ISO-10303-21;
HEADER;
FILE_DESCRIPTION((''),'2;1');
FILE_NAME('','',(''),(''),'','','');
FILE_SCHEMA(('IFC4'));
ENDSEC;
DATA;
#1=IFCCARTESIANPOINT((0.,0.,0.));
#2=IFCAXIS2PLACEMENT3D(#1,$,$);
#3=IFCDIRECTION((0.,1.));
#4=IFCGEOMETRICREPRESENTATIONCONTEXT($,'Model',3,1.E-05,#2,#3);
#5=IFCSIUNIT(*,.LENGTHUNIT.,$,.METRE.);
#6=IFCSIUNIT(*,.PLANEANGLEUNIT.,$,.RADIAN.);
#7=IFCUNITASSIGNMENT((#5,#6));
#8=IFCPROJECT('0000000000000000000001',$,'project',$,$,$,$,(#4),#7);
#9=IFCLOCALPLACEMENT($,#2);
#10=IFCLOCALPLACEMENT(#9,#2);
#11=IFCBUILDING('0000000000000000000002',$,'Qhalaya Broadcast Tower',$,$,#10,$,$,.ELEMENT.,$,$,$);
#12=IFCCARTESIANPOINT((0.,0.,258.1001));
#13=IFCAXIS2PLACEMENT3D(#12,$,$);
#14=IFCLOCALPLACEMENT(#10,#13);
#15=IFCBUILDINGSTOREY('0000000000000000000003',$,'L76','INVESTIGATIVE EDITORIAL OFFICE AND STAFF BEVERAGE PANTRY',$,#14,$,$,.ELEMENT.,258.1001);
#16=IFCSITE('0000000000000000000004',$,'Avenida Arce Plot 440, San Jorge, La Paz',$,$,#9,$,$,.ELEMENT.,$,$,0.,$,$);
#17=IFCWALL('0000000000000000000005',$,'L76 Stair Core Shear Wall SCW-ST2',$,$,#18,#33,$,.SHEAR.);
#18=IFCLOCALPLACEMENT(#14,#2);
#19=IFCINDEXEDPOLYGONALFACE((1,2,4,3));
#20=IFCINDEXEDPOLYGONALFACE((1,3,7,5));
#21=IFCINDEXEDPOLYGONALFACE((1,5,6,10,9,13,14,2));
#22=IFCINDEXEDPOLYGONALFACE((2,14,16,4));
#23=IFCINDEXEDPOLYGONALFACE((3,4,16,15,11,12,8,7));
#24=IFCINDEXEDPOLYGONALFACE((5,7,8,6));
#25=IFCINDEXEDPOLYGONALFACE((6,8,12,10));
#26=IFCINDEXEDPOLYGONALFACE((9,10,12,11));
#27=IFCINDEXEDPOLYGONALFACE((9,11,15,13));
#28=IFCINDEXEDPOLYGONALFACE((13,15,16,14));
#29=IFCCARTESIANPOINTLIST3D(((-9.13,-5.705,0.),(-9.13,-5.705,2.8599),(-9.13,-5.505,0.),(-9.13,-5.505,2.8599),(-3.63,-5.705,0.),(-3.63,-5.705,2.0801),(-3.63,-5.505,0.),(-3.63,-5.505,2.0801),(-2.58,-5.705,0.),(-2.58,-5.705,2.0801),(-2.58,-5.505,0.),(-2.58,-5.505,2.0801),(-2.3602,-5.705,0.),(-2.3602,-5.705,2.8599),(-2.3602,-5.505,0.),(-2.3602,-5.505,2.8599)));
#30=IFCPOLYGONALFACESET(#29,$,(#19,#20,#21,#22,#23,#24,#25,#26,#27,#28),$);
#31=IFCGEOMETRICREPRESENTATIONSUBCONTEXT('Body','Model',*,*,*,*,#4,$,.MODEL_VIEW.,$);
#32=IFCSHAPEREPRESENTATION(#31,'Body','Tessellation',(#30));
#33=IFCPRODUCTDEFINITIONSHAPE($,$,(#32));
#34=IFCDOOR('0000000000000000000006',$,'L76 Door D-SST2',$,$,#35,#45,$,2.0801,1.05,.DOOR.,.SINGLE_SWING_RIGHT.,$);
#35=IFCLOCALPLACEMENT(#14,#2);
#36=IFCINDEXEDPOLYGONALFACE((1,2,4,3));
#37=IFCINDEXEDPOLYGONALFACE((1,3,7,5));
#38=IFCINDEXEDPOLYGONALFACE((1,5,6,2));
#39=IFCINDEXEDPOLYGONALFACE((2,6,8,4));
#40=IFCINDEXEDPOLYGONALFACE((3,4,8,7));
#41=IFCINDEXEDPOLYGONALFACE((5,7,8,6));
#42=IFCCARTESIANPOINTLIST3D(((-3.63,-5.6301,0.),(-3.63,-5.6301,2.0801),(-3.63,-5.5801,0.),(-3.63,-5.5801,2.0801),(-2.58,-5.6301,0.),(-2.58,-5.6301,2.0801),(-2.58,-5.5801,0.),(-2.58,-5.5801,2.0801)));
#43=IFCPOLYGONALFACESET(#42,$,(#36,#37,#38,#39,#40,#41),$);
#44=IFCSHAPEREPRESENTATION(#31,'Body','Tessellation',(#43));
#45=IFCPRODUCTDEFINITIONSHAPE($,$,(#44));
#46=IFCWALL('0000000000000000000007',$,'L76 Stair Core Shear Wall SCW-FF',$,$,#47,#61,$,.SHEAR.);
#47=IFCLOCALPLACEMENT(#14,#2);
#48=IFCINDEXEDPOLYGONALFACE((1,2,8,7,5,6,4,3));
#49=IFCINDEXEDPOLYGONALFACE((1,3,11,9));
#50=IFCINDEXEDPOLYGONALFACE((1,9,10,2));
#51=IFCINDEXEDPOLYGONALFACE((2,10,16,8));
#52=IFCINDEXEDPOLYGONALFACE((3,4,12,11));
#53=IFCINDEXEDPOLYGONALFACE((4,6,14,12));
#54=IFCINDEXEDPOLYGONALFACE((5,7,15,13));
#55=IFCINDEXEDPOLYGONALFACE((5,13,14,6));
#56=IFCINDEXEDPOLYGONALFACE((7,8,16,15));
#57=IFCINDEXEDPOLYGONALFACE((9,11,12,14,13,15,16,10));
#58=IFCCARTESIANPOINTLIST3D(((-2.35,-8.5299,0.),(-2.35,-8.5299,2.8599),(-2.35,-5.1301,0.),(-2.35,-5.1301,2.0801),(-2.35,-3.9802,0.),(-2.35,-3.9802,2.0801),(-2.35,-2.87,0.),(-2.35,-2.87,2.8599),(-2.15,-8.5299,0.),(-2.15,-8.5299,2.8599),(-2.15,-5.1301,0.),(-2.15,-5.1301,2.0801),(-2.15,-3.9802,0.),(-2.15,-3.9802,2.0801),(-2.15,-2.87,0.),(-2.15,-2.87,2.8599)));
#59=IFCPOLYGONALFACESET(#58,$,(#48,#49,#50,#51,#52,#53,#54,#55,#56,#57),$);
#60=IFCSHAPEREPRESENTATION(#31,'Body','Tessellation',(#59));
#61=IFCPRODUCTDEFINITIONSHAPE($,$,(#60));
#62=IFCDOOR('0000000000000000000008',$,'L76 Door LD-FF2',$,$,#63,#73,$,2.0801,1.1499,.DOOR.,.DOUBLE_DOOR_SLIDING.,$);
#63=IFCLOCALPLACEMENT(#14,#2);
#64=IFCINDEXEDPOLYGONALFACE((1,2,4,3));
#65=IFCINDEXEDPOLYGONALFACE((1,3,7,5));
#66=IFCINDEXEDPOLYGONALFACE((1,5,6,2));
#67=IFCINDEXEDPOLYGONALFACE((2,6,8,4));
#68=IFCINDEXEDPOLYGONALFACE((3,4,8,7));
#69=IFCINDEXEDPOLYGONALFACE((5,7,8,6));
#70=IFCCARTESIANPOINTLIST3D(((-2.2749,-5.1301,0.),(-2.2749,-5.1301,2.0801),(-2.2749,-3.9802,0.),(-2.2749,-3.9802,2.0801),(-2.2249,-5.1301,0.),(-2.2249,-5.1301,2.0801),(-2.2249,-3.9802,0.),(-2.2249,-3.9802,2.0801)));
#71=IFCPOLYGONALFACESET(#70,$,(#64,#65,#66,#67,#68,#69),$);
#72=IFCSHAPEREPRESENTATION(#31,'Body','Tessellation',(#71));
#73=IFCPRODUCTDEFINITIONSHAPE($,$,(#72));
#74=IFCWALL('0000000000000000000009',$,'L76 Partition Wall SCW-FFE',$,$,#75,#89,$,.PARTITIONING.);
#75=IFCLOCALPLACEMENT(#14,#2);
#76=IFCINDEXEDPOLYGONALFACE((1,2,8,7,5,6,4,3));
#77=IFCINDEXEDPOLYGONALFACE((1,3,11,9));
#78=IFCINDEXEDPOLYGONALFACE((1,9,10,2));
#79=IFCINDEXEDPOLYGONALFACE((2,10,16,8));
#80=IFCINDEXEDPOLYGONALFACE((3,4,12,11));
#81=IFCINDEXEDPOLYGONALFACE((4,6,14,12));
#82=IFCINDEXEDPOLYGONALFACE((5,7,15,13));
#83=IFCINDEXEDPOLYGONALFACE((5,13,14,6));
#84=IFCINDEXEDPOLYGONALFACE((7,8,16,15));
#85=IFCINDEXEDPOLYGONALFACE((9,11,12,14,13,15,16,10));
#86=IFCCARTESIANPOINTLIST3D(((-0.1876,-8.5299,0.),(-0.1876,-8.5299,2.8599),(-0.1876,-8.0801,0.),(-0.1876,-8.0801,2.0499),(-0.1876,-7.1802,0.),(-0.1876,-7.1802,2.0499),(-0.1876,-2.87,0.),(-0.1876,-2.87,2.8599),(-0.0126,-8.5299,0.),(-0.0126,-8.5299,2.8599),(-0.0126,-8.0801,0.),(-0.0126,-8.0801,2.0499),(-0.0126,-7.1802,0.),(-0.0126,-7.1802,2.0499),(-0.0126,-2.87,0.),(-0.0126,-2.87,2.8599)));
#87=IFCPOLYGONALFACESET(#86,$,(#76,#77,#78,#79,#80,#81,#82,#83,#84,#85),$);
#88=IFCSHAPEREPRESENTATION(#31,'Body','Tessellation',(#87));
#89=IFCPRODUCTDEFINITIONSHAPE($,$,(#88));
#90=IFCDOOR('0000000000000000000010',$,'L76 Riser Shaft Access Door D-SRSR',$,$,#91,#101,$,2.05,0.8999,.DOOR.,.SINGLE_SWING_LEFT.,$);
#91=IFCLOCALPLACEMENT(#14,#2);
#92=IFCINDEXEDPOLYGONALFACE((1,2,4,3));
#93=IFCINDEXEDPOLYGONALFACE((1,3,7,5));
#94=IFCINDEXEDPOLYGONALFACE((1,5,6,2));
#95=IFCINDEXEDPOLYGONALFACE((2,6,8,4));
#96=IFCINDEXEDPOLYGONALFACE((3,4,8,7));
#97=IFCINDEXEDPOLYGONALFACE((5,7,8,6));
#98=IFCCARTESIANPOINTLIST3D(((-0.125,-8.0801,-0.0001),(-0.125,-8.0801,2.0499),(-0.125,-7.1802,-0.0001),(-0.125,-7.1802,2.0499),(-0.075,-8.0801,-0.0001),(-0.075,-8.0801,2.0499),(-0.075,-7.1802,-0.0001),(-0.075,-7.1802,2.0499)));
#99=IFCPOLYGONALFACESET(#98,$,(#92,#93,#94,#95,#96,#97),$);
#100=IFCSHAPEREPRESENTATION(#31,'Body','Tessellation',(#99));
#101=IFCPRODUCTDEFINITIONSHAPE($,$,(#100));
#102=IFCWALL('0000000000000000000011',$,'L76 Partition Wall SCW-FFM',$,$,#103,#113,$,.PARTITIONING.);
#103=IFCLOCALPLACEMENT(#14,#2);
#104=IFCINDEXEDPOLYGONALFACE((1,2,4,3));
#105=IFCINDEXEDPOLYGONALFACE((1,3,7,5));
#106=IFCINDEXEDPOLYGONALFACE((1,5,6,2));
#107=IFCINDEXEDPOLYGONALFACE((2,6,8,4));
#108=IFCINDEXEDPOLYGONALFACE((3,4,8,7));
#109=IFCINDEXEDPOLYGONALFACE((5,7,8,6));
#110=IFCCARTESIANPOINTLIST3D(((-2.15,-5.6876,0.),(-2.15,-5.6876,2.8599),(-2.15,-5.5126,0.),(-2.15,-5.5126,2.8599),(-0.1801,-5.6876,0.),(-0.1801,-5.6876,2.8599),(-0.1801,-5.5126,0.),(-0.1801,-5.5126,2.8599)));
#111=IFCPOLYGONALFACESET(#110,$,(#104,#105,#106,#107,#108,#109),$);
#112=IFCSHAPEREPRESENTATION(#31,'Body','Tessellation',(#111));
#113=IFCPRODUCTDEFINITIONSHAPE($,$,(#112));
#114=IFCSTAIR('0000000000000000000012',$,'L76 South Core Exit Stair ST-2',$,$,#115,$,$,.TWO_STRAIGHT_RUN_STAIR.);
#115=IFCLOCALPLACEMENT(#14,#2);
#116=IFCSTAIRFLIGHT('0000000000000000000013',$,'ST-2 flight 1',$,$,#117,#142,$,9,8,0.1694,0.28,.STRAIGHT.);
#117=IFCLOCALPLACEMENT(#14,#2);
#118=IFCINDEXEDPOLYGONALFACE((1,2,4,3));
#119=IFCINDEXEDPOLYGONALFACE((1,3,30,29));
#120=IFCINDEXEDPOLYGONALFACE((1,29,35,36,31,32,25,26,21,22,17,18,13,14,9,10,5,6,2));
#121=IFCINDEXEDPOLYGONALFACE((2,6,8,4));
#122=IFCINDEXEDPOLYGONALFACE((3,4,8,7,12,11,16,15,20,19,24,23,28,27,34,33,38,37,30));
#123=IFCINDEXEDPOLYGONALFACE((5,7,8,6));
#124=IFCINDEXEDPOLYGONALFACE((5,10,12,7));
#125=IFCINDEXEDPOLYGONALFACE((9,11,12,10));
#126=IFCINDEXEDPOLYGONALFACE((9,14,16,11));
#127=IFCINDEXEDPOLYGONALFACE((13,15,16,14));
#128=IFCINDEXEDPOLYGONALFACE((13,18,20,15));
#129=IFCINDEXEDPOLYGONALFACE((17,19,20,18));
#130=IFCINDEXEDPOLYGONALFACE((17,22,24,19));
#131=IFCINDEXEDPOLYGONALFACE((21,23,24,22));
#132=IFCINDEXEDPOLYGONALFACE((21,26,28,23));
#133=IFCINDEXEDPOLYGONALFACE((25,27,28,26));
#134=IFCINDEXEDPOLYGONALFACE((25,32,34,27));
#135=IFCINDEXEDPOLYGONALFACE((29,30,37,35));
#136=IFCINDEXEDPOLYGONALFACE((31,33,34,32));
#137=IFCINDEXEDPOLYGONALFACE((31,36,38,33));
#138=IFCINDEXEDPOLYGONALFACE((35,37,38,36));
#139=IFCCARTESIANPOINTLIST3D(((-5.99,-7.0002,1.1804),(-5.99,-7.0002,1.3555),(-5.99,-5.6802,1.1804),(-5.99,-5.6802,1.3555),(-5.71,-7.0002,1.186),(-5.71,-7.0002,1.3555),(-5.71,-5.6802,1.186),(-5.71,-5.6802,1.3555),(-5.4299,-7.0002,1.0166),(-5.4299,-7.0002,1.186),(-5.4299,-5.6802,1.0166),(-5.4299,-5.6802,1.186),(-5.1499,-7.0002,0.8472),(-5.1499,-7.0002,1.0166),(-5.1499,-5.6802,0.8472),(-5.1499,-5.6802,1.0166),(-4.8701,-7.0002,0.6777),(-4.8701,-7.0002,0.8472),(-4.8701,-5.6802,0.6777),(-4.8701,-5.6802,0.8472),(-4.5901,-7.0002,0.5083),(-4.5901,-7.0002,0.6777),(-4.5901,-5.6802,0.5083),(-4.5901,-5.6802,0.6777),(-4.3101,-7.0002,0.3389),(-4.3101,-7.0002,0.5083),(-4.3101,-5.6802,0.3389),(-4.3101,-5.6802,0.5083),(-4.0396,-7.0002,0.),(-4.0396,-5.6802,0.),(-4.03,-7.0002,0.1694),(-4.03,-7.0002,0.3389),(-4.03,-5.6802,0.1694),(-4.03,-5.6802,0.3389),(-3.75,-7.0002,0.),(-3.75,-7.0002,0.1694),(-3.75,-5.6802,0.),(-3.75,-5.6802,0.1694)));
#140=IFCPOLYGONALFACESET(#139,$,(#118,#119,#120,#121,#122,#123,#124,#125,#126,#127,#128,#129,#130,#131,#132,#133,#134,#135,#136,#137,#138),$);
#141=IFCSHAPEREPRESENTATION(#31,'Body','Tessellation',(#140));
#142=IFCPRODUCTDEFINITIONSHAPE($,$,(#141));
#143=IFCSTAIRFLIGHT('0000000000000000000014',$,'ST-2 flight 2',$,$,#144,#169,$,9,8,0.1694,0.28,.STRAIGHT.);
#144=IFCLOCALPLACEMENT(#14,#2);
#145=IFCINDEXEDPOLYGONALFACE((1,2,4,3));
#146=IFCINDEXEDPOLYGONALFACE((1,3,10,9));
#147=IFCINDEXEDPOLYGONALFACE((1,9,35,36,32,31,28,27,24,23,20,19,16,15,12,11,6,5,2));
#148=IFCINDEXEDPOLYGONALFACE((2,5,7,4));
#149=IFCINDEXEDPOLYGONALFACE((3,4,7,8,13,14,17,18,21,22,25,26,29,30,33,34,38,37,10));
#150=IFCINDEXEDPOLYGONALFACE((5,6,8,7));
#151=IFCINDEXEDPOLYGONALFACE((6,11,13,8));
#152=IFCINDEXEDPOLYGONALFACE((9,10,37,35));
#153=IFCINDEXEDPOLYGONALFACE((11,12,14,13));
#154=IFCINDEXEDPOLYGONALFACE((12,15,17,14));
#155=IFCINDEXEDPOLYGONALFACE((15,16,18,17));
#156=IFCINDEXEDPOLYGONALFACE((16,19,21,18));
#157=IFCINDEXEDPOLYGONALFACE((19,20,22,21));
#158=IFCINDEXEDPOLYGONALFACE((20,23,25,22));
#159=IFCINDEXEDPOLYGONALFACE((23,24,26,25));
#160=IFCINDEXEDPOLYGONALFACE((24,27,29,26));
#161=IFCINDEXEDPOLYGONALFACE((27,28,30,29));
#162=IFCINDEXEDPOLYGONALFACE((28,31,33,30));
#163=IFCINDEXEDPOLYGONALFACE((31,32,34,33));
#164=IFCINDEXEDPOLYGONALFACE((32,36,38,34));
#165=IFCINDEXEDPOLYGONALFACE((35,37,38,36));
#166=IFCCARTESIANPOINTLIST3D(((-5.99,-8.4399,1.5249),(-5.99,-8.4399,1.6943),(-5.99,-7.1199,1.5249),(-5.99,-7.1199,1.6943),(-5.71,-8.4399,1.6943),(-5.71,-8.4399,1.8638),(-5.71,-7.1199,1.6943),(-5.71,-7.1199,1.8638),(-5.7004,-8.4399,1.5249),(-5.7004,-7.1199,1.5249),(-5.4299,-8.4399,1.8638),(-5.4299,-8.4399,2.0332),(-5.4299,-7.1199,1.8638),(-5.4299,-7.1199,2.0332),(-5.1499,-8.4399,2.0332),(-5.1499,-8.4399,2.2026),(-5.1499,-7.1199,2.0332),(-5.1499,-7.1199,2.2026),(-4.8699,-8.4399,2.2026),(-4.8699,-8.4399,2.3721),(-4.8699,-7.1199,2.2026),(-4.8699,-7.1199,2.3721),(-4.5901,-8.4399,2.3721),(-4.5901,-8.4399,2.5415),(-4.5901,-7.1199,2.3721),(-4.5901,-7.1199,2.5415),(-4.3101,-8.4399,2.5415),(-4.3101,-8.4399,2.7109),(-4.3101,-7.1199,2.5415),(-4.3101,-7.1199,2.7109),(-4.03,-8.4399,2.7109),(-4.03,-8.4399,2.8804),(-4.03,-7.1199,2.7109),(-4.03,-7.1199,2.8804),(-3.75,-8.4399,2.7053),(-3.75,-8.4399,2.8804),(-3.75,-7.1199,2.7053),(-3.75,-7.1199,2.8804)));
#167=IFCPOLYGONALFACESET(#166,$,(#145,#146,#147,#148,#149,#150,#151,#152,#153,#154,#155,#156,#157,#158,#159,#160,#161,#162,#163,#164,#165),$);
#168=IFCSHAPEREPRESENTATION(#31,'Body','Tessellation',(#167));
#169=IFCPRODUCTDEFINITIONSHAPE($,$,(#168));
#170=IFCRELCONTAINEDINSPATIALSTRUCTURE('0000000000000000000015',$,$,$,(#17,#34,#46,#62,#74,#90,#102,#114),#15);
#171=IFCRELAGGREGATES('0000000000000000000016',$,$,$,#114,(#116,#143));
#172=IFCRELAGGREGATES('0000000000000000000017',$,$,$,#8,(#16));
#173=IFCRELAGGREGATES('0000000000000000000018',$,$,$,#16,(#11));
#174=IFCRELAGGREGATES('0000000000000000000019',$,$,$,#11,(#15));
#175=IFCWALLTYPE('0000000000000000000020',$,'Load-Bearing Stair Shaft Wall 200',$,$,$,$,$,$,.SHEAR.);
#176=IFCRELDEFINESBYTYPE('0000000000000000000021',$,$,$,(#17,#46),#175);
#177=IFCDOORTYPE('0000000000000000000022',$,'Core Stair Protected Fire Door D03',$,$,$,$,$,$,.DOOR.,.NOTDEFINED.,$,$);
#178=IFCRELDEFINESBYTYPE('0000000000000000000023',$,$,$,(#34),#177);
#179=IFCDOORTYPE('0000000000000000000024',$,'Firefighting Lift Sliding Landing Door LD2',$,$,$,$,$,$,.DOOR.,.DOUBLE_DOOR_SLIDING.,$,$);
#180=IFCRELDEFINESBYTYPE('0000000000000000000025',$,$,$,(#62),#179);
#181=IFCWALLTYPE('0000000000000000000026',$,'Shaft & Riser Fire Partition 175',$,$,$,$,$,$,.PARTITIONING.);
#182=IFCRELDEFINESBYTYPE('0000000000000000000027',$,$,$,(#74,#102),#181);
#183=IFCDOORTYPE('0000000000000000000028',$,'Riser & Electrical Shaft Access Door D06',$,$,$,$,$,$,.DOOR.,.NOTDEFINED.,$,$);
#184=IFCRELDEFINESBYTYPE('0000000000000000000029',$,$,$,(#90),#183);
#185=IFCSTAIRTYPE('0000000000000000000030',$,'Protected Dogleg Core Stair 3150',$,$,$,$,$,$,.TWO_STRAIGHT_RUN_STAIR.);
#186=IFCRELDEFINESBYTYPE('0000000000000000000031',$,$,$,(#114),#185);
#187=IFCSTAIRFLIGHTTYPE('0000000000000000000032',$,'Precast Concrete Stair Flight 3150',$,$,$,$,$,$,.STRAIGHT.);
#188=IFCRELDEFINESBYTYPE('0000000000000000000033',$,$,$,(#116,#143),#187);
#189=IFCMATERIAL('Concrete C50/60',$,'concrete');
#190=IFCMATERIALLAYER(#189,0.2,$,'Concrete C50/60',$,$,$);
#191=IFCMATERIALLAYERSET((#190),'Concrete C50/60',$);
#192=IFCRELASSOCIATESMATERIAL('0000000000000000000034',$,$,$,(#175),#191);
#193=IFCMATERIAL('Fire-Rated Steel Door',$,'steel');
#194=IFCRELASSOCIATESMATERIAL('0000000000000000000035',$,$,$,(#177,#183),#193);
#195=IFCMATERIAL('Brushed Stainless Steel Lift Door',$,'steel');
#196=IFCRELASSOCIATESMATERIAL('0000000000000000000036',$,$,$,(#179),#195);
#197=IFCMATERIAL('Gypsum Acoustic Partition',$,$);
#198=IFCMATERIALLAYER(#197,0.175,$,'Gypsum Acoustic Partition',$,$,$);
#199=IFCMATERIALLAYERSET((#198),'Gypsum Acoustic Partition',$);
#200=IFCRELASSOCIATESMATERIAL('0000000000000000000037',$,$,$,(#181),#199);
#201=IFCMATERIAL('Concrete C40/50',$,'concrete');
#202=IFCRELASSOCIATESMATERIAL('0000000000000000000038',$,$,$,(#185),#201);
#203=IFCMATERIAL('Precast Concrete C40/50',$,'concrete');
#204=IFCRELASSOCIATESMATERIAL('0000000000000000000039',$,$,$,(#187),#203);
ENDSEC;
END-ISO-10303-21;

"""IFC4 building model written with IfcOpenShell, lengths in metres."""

from ifc_helpers import new_model, si_unit, direction, frame, frame_2d, origin, place, context, subcontext, project, spatial, polyline, rectangle, outline, extrude, material, layer, layer_set, type_object, element, fill, aggregate, save


model = new_model("IFC4")

# Units and contexts
model_context = context("Model", 3, precision=1e-05, world=origin(), true_north=direction((0.0, 1.0)))
body_context = subcontext(model_context, "Body", "Model", "MODEL_VIEW")
ifc_project = project(units=[si_unit("LENGTHUNIT", "METRE"), si_unit("PLANEANGLEUNIT", "RADIAN")], contexts=[model_context])

# Site, building, storey
site_placement = place(None, origin())
site = spatial("IfcSite", under=ifc_project, at=site_placement, Name="Avenida Arce Plot 440, San Jorge, La Paz", CompositionType="ELEMENT", RefElevation=0.0)
building_placement = place(site_placement, origin())
building = spatial("IfcBuilding", under=site, at=building_placement, Name="Qhalaya Broadcast Tower", CompositionType="ELEMENT")
storey_placement = place(building_placement, frame((0.0, 0.0, 258.1001)))
storey = spatial("IfcBuildingStorey", under=building, at=storey_placement, Name="L76", Description="INVESTIGATIVE EDITORIAL OFFICE AND STAFF BEVERAGE PANTRY", CompositionType="ELEMENT", Elevation=258.1001)

# Shared definitions
ifc_material_1 = material(Name="Concrete C50/60", Category="concrete")

# Walls, openings, doors
ifc_material_2 = material(Name="Gypsum Acoustic Partition")
ifc_layer_1 = layer(ifc_material_1, 0.2, Name="Concrete C50/60")
ifc_layer_set_1 = layer_set([ifc_layer_1], Name="Concrete C50/60")
wall_type_1 = type_object("IfcWallType", Name="Load-Bearing Stair Shaft Wall 200", PredefinedType="SHEAR", material=ifc_layer_set_1)
wall_1_placement = place(storey_placement, frame((-9.1299, -5.605, 0.0), z_axis=(0.0, 0.0, 1.0), x_axis=(1.0, 0.0, 0.0)))
wall_1 = element("IfcWall", 1, at=wall_1_placement, inside=storey, type_object=wall_type_1, Name="L76 Stair Core Shear Wall SCW-ST2", PredefinedType="SHEAR", context=body_context, shape_type="SweptSolid", body=[
    extrude(rectangle(XDim=6.7698, YDim=0.2, at=frame_2d((3.3848, 0.0))), origin(), (0.0, 0.0, 1.0), 2.8599),
])
opening_1_placement = place(wall_1_placement, frame((5.5, 0.0, 0.0)))
opening_1 = element("IfcOpeningElement", 2, at=opening_1_placement, cuts=wall_1, PredefinedType="OPENING", context=body_context, shape_type="SweptSolid", body=[
    extrude(rectangle(XDim=1.05, YDim=2.0801, at=frame_2d((0.5249, 1.04))), frame((0.0, 0.1121, 0.0), z_axis=(0.0, -1.0, 0.0), x_axis=(1.0, 0.0, 0.0)), (0.0, 0.0, 1.0), 0.2239),
])
ifc_material_3 = material(Name="Fire-Rated Steel Door", Category="steel")
door_type_1 = type_object("IfcDoorType", Name="Core Stair Protected Fire Door D03", OperationType="NOTDEFINED", PredefinedType="DOOR", material=ifc_material_3)
door_1_placement = place(opening_1_placement, origin())
door_1 = element("IfcDoor", 3, at=door_1_placement, inside=storey, type_object=door_type_1, Name="L76 Door D-SST2", OperationType="SINGLE_SWING_RIGHT", OverallHeight=2.0801, OverallWidth=1.05, PredefinedType="DOOR", context=body_context, shape_type="SweptSolid", body=[
    extrude(rectangle(XDim=1.05, YDim=2.0801, at=frame_2d((0.5249, 1.04))), frame((0.0, 0.0249, 0.0), z_axis=(0.0, -1.0, 0.0), x_axis=(1.0, 0.0, 0.0)), (0.0, 0.0, 1.0), 0.05),
])
fill(opening_1, door_1)
wall_2_placement = place(storey_placement, frame((-2.25, -8.53, 0.0), z_axis=(0.0, 0.0, 1.0), x_axis=(0.0, 1.0, 0.0)))
wall_2 = element("IfcWall", 4, at=wall_2_placement, inside=storey, type_object=wall_type_1, Name="L76 Stair Core Shear Wall SCW-FF", PredefinedType="SHEAR", context=body_context, shape_type="SweptSolid", body=[
    extrude(rectangle(XDim=5.6599, YDim=0.2, at=frame_2d((2.8301, 0.0))), origin(), (0.0, 0.0, 1.0), 2.8599),
])
opening_2_placement = place(wall_2_placement, frame((3.3999, 0.0, 0.0)))
opening_2 = element("IfcOpeningElement", 5, at=opening_2_placement, cuts=wall_2, PredefinedType="OPENING", context=body_context, shape_type="SweptSolid", body=[
    extrude(rectangle(XDim=1.1499, YDim=2.0801, at=frame_2d((0.575, 1.04))), frame((0.0, 0.1121, 0.0), z_axis=(0.0, -1.0, 0.0), x_axis=(1.0, 0.0, 0.0)), (0.0, 0.0, 1.0), 0.2239),
])
ifc_material_4 = material(Name="Brushed Stainless Steel Lift Door", Category="steel")
door_type_2 = type_object("IfcDoorType", Name="Firefighting Lift Sliding Landing Door LD2", OperationType="DOUBLE_DOOR_SLIDING", PredefinedType="DOOR", material=ifc_material_4)
door_2_placement = place(opening_2_placement, origin())
door_2 = element("IfcDoor", 6, at=door_2_placement, inside=storey, type_object=door_type_2, Name="L76 Door LD-FF2", OperationType="DOUBLE_DOOR_SLIDING", OverallHeight=2.0801, OverallWidth=1.1499, PredefinedType="DOOR", context=body_context, shape_type="SweptSolid", body=[
    extrude(rectangle(XDim=1.1499, YDim=2.0801, at=frame_2d((0.575, 1.04))), frame((0.0, 0.0249, 0.0), z_axis=(0.0, -1.0, 0.0), x_axis=(1.0, 0.0, 0.0)), (0.0, 0.0, 1.0), 0.05),
])
fill(opening_2, door_2)
ifc_layer_2 = layer(ifc_material_2, 0.175, Name="Gypsum Acoustic Partition")
ifc_layer_set_2 = layer_set([ifc_layer_2], Name="Gypsum Acoustic Partition")
wall_type_2 = type_object("IfcWallType", Name="Shaft & Riser Fire Partition 175", PredefinedType="PARTITIONING", material=ifc_layer_set_2)
wall_3_placement = place(storey_placement, frame((-0.1001, -8.53, 0.0), z_axis=(0.0, 0.0, 1.0), x_axis=(0.0, 1.0, 0.0)))
wall_3 = element("IfcWall", 7, at=wall_3_placement, inside=storey, type_object=wall_type_2, Name="L76 Partition Wall SCW-FFE", PredefinedType="PARTITIONING", context=body_context, shape_type="SweptSolid", body=[
    extrude(rectangle(XDim=5.6599, YDim=0.175, at=frame_2d((2.8301, 0.0))), origin(), (0.0, 0.0, 1.0), 2.8599),
])
opening_3_placement = place(wall_3_placement, frame((0.45, 0.0, 0.0)))
opening_3 = element("IfcOpeningElement", 8, at=opening_3_placement, cuts=wall_3, PredefinedType="OPENING", context=body_context, shape_type="SweptSolid", body=[
    extrude(rectangle(XDim=0.8999, YDim=2.05, at=frame_2d((0.45, 1.0249))), frame((0.0, 0.0996, 0.0), z_axis=(0.0, -1.0, 0.0), x_axis=(1.0, 0.0, 0.0)), (0.0, 0.0, 1.0), 0.199),
])
door_type_3 = type_object("IfcDoorType", Name="Riser & Electrical Shaft Access Door D06", OperationType="NOTDEFINED", PredefinedType="DOOR", material=ifc_material_3)
door_3_placement = place(opening_3_placement, origin())
door_3 = element("IfcDoor", 9, at=door_3_placement, inside=storey, type_object=door_type_3, Name="L76 Riser Shaft Access Door D-SRSR", OperationType="SINGLE_SWING_LEFT", OverallHeight=2.05, OverallWidth=0.8999, PredefinedType="DOOR", context=body_context, shape_type="SweptSolid", body=[
    extrude(rectangle(XDim=0.8999, YDim=2.05, at=frame_2d((0.45, 1.0249))), frame((0.0, 0.0249, 0.0), z_axis=(0.0, -1.0, 0.0), x_axis=(1.0, 0.0, 0.0)), (0.0, 0.0, 1.0), 0.05),
])
fill(opening_3, door_3)

# Wall
wall_4_placement = place(storey_placement, frame((-2.1499, -5.6001, 0.0), z_axis=(0.0, 0.0, 1.0), x_axis=(1.0, 0.0, 0.0)))
element("IfcWall", 10, at=wall_4_placement, inside=storey, type_object=wall_type_2, Name="L76 Partition Wall SCW-FFM", PredefinedType="PARTITIONING", context=body_context, shape_type="SweptSolid", body=[
    extrude(rectangle(XDim=1.97, YDim=0.175, at=frame_2d((0.9849, 0.0))), origin(), (0.0, 0.0, 1.0), 2.8599),
])

# Stair, stair flights
ifc_material_5 = material(Name="Concrete C40/50", Category="concrete")
stair_type = type_object("IfcStairType", Name="Protected Dogleg Core Stair 3150", PredefinedType="TWO_STRAIGHT_RUN_STAIR", material=ifc_material_5)
stair_placement = place(storey_placement, origin())
stair = element("IfcStair", 11, at=stair_placement, inside=storey, type_object=stair_type, Name="L76 South Core Exit Stair ST-2", PredefinedType="TWO_STRAIGHT_RUN_STAIR")
ifc_material_6 = material(Name="Precast Concrete C40/50", Category="concrete")
stair_flight_type = type_object("IfcStairFlightType", Name="Precast Concrete Stair Flight 3150", PredefinedType="STRAIGHT", material=ifc_material_6)
stair_flight_1_placement = place(storey_placement, frame((-3.75, -6.3401, 0.0), z_axis=(0.0, 0.0, 1.0), x_axis=(-1.0, 0.0, 0.0)))
stair_flight_1 = element("IfcStairFlight", 12, at=stair_flight_1_placement, type_object=stair_flight_type, Name="ST-2 flight 1", NumberOfRisers=9, NumberOfTreads=8, PredefinedType="STRAIGHT", RiserHeight=0.1694, TreadLength=0.28, context=body_context, shape_type="SweptSolid", body=[
    extrude(outline(polyline([(0.0, 0.0), (0.0, 0.1694), (0.28, 0.1694), (0.28, 0.3389), (0.5601, 0.3389), (0.5601, 0.5083), (0.8401, 0.5083), (0.8401, 0.6777), (1.1201, 0.6777), (1.1201, 0.8472), (1.3999, 0.8472), (1.3999, 1.0166), (1.6799, 1.0166), (1.6799, 1.186), (1.96, 1.186), (1.96, 1.3555), (2.24, 1.3555), (2.24, 1.5249), (2.24, 1.1804), (0.2896, 0.0), (0.0, 0.0)])), frame((0.0, 0.6602, 0.0), z_axis=(0.0, -1.0, 0.0), x_axis=(1.0, 0.0, 0.0)), (0.0, 0.0, 1.0), 1.3201),
])
stair_flight_2_placement = place(storey_placement, frame((-5.99, -7.78, 1.5249), z_axis=(0.0, 0.0, 1.0), x_axis=(1.0, 0.0, 0.0)))
stair_flight_2 = element("IfcStairFlight", 13, at=stair_flight_2_placement, type_object=stair_flight_type, Name="ST-2 flight 2", NumberOfRisers=9, NumberOfTreads=8, PredefinedType="STRAIGHT", RiserHeight=0.1694, TreadLength=0.28, context=body_context, shape_type="SweptSolid", body=[
    extrude(outline(polyline([(0.0, 0.0), (0.0, 0.1694), (0.28, 0.1694), (0.28, 0.3389), (0.5601, 0.3389), (0.5601, 0.5083), (0.8401, 0.5083), (0.8401, 0.6777), (1.1201, 0.6777), (1.1201, 0.8472), (1.3999, 0.8472), (1.3999, 1.0166), (1.6799, 1.0166), (1.6799, 1.186), (1.96, 1.186), (1.96, 1.3555), (2.24, 1.3555), (2.24, 1.5249), (2.24, 1.1804), (0.2896, 0.0), (0.0, 0.0)])), frame((0.0, 0.6602, 0.0), z_axis=(0.0, -1.0, 0.0), x_axis=(1.0, 0.0, 0.0)), (0.0, 0.0, 1.0), 1.3201),
])
aggregate(stair, [stair_flight_1, stair_flight_2])

save(model, "model.ifc")
